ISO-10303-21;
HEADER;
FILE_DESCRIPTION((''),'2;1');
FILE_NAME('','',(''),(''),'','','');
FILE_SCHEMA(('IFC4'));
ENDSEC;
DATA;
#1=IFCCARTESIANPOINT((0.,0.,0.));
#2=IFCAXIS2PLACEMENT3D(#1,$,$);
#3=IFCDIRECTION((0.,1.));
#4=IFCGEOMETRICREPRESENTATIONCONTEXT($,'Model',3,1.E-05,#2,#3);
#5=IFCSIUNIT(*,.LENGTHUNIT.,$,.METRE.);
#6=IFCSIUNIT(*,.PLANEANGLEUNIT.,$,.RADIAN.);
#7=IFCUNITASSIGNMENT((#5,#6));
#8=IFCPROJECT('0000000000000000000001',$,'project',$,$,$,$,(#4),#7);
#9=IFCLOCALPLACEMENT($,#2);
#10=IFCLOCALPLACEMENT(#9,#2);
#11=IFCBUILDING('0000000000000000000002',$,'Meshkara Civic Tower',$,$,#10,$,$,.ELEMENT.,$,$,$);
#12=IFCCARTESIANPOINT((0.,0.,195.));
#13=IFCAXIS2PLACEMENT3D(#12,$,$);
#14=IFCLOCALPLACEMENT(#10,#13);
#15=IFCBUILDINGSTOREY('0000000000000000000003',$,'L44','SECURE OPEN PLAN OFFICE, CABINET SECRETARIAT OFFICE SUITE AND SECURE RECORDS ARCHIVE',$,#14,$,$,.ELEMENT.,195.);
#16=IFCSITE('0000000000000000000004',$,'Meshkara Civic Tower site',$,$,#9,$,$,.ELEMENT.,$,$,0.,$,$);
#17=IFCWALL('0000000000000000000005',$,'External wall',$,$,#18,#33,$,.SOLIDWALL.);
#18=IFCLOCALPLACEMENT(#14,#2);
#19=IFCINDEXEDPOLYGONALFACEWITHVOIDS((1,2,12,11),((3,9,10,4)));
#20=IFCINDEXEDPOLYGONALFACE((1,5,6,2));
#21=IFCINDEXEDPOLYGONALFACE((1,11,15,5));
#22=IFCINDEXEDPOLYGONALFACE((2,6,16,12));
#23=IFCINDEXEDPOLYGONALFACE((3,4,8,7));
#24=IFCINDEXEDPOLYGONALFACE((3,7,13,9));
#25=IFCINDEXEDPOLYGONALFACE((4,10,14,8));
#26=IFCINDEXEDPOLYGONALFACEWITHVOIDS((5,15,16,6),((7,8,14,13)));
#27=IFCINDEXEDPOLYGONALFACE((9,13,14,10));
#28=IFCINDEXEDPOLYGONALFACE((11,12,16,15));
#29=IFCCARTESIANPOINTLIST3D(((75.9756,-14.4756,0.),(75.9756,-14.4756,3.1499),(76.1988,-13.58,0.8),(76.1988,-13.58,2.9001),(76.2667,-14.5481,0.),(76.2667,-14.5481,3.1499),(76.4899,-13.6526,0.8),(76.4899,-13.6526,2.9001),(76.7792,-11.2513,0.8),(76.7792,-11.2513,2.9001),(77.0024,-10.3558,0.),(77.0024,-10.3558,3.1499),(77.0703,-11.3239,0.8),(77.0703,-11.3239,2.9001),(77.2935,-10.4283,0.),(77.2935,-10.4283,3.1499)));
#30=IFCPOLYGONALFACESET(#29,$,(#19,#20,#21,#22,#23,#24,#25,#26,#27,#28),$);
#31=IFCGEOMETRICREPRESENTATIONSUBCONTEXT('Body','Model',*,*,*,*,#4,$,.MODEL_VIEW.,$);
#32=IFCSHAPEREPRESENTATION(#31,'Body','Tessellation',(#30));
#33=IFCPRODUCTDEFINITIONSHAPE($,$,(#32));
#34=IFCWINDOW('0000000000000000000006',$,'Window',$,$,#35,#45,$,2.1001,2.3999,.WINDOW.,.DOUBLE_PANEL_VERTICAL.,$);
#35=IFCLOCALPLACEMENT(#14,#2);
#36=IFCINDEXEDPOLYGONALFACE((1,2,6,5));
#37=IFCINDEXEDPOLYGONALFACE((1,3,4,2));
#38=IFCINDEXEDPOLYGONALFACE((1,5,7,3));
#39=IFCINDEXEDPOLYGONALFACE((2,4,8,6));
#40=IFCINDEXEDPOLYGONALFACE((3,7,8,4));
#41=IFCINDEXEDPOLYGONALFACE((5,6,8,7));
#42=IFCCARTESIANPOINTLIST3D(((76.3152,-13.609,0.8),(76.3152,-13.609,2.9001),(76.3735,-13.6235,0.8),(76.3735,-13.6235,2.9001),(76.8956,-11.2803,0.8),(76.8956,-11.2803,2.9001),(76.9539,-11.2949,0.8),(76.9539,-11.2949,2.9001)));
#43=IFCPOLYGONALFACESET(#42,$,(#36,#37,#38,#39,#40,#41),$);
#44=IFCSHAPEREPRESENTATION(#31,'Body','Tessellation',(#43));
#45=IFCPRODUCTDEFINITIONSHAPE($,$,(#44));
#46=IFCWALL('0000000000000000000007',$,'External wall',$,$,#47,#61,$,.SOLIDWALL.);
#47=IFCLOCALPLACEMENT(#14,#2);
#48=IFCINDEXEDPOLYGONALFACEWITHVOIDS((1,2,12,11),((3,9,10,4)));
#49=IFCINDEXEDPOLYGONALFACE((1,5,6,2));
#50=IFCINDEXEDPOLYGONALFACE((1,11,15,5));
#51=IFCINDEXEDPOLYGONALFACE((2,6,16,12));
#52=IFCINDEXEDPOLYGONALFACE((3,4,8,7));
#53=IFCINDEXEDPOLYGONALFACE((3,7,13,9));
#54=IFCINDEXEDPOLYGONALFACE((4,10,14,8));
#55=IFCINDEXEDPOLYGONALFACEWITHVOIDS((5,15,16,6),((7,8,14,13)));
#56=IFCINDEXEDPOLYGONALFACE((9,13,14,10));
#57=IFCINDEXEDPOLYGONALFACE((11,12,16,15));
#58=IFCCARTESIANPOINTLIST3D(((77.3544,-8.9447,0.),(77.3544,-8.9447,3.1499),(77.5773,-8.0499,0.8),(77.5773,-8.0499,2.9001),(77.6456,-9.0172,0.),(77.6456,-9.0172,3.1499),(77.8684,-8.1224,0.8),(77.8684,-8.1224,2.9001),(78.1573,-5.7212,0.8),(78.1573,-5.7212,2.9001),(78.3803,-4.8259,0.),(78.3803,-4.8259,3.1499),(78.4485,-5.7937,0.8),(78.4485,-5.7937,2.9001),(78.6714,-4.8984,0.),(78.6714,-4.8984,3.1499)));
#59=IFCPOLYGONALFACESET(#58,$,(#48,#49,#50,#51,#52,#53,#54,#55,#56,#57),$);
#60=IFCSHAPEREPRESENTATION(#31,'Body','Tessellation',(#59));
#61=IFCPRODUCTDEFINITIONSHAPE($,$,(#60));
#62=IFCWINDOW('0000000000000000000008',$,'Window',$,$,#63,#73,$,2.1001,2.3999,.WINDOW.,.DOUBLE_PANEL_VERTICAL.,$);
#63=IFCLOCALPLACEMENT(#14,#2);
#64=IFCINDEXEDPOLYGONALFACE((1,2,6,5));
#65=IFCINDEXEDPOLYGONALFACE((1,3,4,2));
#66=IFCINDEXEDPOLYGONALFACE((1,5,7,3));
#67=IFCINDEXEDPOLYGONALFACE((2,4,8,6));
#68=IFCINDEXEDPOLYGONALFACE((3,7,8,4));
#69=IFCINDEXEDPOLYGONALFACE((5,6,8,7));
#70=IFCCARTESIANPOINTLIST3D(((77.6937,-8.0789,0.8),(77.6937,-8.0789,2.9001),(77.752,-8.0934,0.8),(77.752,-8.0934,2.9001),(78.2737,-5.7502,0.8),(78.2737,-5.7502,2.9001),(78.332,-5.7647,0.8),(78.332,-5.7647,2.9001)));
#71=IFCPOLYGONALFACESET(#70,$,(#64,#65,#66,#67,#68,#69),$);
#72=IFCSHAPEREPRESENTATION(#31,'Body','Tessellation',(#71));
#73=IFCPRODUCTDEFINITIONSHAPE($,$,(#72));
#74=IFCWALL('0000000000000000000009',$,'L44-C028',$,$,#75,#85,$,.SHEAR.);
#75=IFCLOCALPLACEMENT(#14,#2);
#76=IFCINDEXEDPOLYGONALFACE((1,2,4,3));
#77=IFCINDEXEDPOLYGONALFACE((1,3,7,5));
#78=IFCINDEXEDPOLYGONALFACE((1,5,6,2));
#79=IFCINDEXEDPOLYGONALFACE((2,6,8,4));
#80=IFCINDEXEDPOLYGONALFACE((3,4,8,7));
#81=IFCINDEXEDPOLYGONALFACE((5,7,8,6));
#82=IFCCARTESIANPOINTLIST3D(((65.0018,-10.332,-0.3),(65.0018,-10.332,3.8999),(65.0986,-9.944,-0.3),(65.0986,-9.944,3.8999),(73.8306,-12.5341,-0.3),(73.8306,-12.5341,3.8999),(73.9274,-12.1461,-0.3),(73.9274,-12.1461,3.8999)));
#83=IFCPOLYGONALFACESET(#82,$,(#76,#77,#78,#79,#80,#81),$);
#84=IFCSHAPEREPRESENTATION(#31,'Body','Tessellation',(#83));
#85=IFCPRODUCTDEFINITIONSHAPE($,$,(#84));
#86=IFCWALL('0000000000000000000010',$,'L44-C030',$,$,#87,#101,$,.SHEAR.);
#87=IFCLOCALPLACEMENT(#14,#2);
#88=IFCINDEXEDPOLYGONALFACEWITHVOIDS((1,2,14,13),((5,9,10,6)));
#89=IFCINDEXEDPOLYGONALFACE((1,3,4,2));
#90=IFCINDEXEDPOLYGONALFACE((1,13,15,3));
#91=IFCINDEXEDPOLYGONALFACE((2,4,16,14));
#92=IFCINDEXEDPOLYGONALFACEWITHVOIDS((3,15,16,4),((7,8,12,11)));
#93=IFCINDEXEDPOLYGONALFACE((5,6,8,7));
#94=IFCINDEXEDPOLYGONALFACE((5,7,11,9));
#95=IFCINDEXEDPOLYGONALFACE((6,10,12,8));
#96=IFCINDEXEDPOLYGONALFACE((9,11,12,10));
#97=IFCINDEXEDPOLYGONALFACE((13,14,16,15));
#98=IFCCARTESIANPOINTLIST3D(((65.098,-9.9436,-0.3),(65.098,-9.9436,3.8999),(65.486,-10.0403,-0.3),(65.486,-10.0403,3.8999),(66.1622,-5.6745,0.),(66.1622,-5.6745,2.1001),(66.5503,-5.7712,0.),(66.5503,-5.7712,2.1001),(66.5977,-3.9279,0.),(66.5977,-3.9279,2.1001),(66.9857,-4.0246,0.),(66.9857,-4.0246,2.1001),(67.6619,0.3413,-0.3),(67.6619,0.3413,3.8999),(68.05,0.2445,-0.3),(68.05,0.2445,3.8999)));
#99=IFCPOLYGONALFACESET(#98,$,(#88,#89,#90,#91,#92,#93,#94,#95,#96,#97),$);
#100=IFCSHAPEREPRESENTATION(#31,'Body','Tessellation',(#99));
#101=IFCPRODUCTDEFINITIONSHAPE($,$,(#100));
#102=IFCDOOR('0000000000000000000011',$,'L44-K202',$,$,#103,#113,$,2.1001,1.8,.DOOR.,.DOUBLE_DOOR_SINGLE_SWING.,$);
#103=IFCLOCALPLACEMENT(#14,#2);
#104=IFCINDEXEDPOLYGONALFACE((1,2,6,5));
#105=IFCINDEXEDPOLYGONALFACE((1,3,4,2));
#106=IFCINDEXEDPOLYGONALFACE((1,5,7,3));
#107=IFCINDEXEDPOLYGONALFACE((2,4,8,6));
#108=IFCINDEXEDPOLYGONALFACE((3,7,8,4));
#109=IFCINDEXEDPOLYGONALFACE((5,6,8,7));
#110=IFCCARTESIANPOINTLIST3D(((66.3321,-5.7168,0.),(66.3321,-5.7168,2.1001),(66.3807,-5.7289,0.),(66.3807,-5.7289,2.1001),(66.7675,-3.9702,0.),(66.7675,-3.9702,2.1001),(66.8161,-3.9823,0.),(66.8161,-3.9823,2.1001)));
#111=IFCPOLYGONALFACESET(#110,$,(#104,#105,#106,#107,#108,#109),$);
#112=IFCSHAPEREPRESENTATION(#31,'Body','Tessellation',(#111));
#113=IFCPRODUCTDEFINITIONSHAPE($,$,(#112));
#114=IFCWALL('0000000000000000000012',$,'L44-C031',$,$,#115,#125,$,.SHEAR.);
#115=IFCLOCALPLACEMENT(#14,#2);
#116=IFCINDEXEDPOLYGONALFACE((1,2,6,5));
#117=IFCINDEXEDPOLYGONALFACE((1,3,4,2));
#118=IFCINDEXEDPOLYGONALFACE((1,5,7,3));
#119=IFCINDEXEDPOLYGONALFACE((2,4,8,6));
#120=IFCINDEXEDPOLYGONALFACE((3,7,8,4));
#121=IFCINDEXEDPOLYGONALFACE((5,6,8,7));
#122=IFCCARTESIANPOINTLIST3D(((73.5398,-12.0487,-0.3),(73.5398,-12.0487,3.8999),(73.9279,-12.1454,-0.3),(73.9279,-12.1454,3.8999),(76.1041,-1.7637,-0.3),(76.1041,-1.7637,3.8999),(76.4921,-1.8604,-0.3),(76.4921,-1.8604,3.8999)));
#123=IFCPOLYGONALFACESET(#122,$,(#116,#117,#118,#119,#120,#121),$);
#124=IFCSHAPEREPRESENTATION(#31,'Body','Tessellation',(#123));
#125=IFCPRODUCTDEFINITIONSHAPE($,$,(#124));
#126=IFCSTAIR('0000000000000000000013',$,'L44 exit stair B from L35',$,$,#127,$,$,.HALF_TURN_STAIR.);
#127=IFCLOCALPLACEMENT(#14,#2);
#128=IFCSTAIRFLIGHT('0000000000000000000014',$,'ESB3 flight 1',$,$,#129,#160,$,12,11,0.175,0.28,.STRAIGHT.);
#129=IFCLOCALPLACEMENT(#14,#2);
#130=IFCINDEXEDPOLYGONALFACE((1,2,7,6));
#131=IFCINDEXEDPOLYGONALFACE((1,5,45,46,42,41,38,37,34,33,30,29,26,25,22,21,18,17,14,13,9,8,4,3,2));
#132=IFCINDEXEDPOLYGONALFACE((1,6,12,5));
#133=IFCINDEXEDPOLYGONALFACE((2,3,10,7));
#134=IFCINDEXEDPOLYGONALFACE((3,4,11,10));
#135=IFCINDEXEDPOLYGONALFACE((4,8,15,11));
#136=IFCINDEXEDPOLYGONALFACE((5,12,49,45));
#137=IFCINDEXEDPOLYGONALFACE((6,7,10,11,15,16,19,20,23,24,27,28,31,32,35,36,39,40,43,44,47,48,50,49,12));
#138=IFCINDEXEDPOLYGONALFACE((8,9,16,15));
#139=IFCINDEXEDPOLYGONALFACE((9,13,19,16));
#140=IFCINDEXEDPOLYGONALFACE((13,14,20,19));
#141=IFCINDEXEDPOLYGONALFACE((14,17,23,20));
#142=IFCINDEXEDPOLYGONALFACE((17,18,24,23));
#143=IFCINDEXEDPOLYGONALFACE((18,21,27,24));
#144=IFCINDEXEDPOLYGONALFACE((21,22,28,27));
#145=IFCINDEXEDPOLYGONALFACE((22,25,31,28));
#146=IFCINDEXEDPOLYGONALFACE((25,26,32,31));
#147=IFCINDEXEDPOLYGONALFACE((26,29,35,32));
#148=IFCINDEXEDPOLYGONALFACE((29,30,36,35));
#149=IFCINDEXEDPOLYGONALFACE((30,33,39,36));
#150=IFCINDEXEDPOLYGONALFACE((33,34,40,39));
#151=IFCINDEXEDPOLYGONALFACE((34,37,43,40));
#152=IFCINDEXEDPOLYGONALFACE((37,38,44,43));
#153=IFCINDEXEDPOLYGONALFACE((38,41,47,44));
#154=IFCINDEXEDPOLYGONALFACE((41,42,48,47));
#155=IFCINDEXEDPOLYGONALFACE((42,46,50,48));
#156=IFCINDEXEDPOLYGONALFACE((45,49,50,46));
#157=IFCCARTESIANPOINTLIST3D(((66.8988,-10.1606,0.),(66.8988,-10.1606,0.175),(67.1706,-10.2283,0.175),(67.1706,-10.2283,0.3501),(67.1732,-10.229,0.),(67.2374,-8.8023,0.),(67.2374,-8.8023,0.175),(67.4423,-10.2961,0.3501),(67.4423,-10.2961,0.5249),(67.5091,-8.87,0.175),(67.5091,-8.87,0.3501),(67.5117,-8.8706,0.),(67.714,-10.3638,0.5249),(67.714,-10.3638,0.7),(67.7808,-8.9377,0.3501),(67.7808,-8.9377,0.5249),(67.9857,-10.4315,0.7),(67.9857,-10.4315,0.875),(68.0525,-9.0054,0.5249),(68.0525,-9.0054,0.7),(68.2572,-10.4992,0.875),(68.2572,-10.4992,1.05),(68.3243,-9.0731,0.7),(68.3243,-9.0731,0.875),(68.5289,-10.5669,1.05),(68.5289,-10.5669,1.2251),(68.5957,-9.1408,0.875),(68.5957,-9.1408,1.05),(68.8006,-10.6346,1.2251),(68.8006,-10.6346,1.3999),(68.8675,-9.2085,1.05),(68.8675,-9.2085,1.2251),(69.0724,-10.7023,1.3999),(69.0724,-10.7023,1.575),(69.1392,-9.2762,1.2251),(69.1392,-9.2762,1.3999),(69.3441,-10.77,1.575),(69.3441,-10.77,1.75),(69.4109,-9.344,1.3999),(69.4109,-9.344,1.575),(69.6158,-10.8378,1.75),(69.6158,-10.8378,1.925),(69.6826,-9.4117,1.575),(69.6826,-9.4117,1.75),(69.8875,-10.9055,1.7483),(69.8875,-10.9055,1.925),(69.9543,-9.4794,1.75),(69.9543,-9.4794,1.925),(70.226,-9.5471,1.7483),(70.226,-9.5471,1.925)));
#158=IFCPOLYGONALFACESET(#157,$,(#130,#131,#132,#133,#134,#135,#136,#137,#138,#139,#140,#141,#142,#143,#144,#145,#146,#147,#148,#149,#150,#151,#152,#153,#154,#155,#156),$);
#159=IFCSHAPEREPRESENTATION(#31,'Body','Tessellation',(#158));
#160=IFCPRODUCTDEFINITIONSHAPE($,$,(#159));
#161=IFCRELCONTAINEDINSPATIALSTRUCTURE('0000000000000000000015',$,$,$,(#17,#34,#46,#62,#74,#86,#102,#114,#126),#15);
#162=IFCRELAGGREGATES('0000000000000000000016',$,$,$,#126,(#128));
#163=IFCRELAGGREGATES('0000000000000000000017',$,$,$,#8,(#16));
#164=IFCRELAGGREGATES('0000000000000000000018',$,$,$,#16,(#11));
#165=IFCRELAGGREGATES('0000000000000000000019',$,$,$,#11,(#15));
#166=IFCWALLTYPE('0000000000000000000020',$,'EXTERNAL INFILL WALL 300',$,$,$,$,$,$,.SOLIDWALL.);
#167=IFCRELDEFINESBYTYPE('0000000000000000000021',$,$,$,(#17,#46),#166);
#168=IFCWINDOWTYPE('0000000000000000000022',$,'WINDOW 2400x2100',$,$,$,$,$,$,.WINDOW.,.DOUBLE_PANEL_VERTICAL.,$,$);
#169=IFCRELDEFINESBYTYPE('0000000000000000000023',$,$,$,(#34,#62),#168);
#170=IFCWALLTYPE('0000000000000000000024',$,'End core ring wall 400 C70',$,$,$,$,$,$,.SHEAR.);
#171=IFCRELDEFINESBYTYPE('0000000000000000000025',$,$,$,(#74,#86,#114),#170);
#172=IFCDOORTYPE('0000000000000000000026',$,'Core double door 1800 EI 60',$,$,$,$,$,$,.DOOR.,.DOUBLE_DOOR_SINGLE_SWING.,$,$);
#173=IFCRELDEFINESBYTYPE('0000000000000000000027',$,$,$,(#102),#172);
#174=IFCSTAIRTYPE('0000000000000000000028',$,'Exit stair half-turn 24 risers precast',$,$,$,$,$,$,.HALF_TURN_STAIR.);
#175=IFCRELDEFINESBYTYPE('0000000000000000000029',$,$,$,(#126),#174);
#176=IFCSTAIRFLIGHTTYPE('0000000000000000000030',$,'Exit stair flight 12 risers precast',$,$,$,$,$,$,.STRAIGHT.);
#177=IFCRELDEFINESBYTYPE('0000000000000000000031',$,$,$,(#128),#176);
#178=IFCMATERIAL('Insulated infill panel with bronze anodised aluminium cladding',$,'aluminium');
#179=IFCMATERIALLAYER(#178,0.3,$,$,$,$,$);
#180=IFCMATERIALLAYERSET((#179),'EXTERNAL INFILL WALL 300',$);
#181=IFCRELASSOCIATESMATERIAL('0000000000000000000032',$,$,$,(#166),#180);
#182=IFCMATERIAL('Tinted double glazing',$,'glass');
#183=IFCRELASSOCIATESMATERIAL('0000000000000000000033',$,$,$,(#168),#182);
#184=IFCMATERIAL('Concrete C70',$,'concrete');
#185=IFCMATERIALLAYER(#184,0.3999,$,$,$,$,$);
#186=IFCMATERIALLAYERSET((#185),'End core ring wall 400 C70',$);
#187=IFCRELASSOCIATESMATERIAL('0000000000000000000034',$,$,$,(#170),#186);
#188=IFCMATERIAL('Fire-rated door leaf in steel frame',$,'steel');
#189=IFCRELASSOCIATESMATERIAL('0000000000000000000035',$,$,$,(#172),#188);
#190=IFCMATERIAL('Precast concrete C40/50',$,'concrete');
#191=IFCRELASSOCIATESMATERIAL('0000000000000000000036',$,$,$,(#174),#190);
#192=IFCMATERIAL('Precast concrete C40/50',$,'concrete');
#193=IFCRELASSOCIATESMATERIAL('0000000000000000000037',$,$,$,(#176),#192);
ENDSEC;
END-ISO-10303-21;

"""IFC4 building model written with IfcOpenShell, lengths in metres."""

from ifc_helpers import new_model, si_unit, direction, frame, frame_2d, origin, place, context, subcontext, project, spatial, polyline, rectangle, outline, extrude, material, layer, layer_set, type_object, element, fill, aggregate, save


model = new_model("IFC4")

# Units and contexts
model_context = context("Model", 3, precision=1e-05, world=origin(), true_north=direction((0.0, 1.0)))
body_context = subcontext(model_context, "Body", "Model", "MODEL_VIEW")
ifc_project = project(units=[si_unit("LENGTHUNIT", "METRE"), si_unit("PLANEANGLEUNIT", "RADIAN")], contexts=[model_context])

# Site, building, storey
site_placement = place(None, origin())
site = spatial("IfcSite", under=ifc_project, at=site_placement, Name="Meshkara Civic Tower site", CompositionType="ELEMENT", RefElevation=0.0)
building_placement = place(site_placement, origin())
building = spatial("IfcBuilding", under=site, at=building_placement, Name="Meshkara Civic Tower", CompositionType="ELEMENT")
storey_placement = place(building_placement, frame((0.0, 0.0, 195.0)))
storey = spatial("IfcBuildingStorey", under=building, at=storey_placement, Name="L44", Description="SECURE OPEN PLAN OFFICE, CABINET SECRETARIAT OFFICE SUITE AND SECURE RECORDS ARCHIVE", CompositionType="ELEMENT", Elevation=195.0)

# Walls, openings, windows
ifc_material_1 = material(Name="Insulated infill panel with bronze anodised aluminium cladding", Category="aluminium")
ifc_layer_1 = layer(ifc_material_1, 0.3)
ifc_layer_set_1 = layer_set([ifc_layer_1], Name="EXTERNAL INFILL WALL 300")
wall_type_1 = type_object("IfcWallType", Name="EXTERNAL INFILL WALL 300", PredefinedType="SOLIDWALL", material=ifc_layer_set_1)
ifc_material_2 = material(Name="Tinted double glazing", Category="glass")
window_type_1 = type_object("IfcWindowType", Name="WINDOW 2400x2100", PartitioningType="DOUBLE_PANEL_VERTICAL", PredefinedType="WINDOW", material=ifc_material_2)
wall_1_placement = place(storey_placement, frame((76.1211, -14.512, 0.0), z_axis=(0.0, 0.0, 1.0), x_axis=(0.241846, 0.970315, 0.0)))
wall_1 = element("IfcWall", 1, at=wall_1_placement, inside=storey, type_object=wall_type_1, Name="External wall", PredefinedType="SOLIDWALL", context=body_context, shape_type="SweptSolid", body=[
    extrude(rectangle(XDim=4.2458, YDim=0.3, at=frame_2d((2.123, 0.0))), origin(), (0.0, 0.0, 1.0), 3.1499),
])
opening_1_placement = place(wall_1_placement, frame((0.9231, 0.0, 0.8)))
opening_1 = element("IfcOpeningElement", 2, at=opening_1_placement, cuts=wall_1, PredefinedType="OPENING", context=body_context, shape_type="SweptSolid", body=[
    extrude(rectangle(XDim=2.3999, YDim=2.1001, at=frame_2d((1.2, 1.05))), frame((0.0, 0.1599, 0.0), z_axis=(0.0, -1.0, 0.0), x_axis=(1.0, 0.0, 0.0)), (0.0, 0.0, 1.0), 0.3201),
])
window_1_placement = place(opening_1_placement, origin())
window_1 = element("IfcWindow", 3, at=window_1_placement, inside=storey, type_object=window_type_1, Name="Window", OverallHeight=2.1001, OverallWidth=2.3999, PartitioningType="DOUBLE_PANEL_VERTICAL", PredefinedType="WINDOW", context=body_context, shape_type="SweptSolid", body=[
    extrude(rectangle(XDim=2.3999, YDim=2.1001, at=frame_2d((1.2, 1.05))), frame((0.0, 0.03, 0.0), z_axis=(0.0, -1.0, 0.0), x_axis=(1.0, 0.0, 0.0)), (0.0, 0.0, 1.0), 0.0601),
])
fill(opening_1, window_1)
wall_2_placement = place(storey_placement, frame((77.5, -8.981, 0.0), z_axis=(0.0, 0.0, 1.0), x_axis=(0.241683, 0.970355, 0.0)))
wall_2 = element("IfcWall", 4, at=wall_2_placement, inside=storey, type_object=wall_type_1, Name="External wall", PredefinedType="SOLIDWALL", context=body_context, shape_type="SweptSolid", body=[
    extrude(rectangle(XDim=4.2446, YDim=0.3, at=frame_2d((2.1223, 0.0))), origin(), (0.0, 0.0, 1.0), 3.1499),
])
opening_2_placement = place(wall_2_placement, frame((0.9221, 0.0, 0.8)))
opening_2 = element("IfcOpeningElement", 5, at=opening_2_placement, cuts=wall_2, PredefinedType="OPENING", context=body_context, shape_type="SweptSolid", body=[
    extrude(rectangle(XDim=2.3999, YDim=2.1001, at=frame_2d((1.2, 1.05))), frame((0.0, 0.1599, 0.0), z_axis=(0.0, -1.0, 0.0), x_axis=(1.0, 0.0, 0.0)), (0.0, 0.0, 1.0), 0.3201),
])
window_2_placement = place(opening_2_placement, origin())
window_2 = element("IfcWindow", 6, at=window_2_placement, inside=storey, type_object=window_type_1, Name="Window", OverallHeight=2.1001, OverallWidth=2.3999, PartitioningType="DOUBLE_PANEL_VERTICAL", PredefinedType="WINDOW", context=body_context, shape_type="SweptSolid", body=[
    extrude(rectangle(XDim=2.3999, YDim=2.1001, at=frame_2d((1.2, 1.05))), frame((0.0, 0.03, 0.0), z_axis=(0.0, -1.0, 0.0), x_axis=(1.0, 0.0, 0.0)), (0.0, 0.0, 1.0), 0.0601),
])
fill(opening_2, window_2)

# Wall
ifc_material_3 = material(Name="Concrete C70", Category="concrete")
ifc_layer_2 = layer(ifc_material_3, 0.3999)
ifc_layer_set_2 = layer_set([ifc_layer_2], Name="End core ring wall 400 C70")
wall_type_2 = type_object("IfcWallType", Name="End core ring wall 400 C70", PredefinedType="SHEAR", material=ifc_layer_set_2)
wall_3_placement = place(storey_placement, frame((65.05, -10.1379, -0.3), z_axis=(0.0, 0.0, 1.0), x_axis=(0.970273, -0.242012, 0.0)))
element("IfcWall", 7, at=wall_3_placement, inside=storey, type_object=wall_type_2, Name="L44-C028", PredefinedType="SHEAR", context=body_context, shape_type="SweptSolid", body=[
    extrude(rectangle(XDim=9.0994, YDim=0.3999, at=frame_2d((4.5498, 0.0))), origin(), (0.0, 0.0, 1.0), 4.2),
])

# Wall, opening, door
wall_4_placement = place(storey_placement, frame((65.292, -9.9919, -0.3), z_axis=(0.0, 0.0, 1.0), x_axis=(0.241891, 0.970304, 0.0)))
wall_4 = element("IfcWall", 8, at=wall_4_placement, inside=storey, type_object=wall_type_2, Name="L44-C030", PredefinedType="SHEAR", context=body_context, shape_type="SweptSolid", body=[
    extrude(rectangle(XDim=10.5996, YDim=0.3999, at=frame_2d((5.2998, 0.0))), origin(), (0.0, 0.0, 1.0), 4.2),
])
opening_3_placement = place(wall_4_placement, frame((4.3999, 0.0, 0.3)))
opening_3 = element("IfcOpeningElement", 9, at=opening_3_placement, cuts=wall_4, PredefinedType="OPENING", context=body_context, shape_type="SweptSolid", body=[
    extrude(rectangle(XDim=1.8, YDim=2.1001, at=frame_2d((0.8999, 1.05))), frame((0.0, 0.21, 0.0), z_axis=(0.0, -1.0, 0.0), x_axis=(1.0, 0.0, 0.0)), (0.0, 0.0, 1.0), 0.4199),
])
ifc_material_4 = material(Name="Fire-rated door leaf in steel frame", Category="steel")
door_type = type_object("IfcDoorType", Name="Core double door 1800 EI 60", OperationType="DOUBLE_DOOR_SINGLE_SWING", PredefinedType="DOOR", material=ifc_material_4)
door_placement = place(opening_3_placement, origin())
door = element("IfcDoor", 10, at=door_placement, inside=storey, type_object=door_type, Name="L44-K202", OperationType="DOUBLE_DOOR_SINGLE_SWING", OverallHeight=2.1001, OverallWidth=1.8, PredefinedType="DOOR", context=body_context, shape_type="SweptSolid", body=[
    extrude(rectangle(XDim=1.8, YDim=2.1001, at=frame_2d((0.8999, 1.05))), frame((0.0, 0.0249, 0.0), z_axis=(0.0, -1.0, 0.0), x_axis=(1.0, 0.0, 0.0)), (0.0, 0.0, 1.0), 0.05),
])
fill(opening_3, door)

# Wall
wall_5_placement = place(storey_placement, frame((73.7339, -12.0969, -0.3), z_axis=(0.0, 0.0, 1.0), x_axis=(0.241912, 0.970298, 0.0)))
element("IfcWall", 11, at=wall_5_placement, inside=storey, type_object=wall_type_2, Name="L44-C031", PredefinedType="SHEAR", context=body_context, shape_type="SweptSolid", body=[
    extrude(rectangle(XDim=10.5999, YDim=0.3999, at=frame_2d((5.2998, 0.0))), origin(), (0.0, 0.0, 1.0), 4.2),
])

# Stair, stair flight
ifc_material_5 = material(Name="Precast concrete C40/50", Category="concrete")
stair_type = type_object("IfcStairType", Name="Exit stair half-turn 24 risers precast", PredefinedType="HALF_TURN_STAIR", material=ifc_material_5)
stair_placement = place(storey_placement, origin())
stair = element("IfcStair", 12, at=stair_placement, inside=storey, type_object=stair_type, Name="L44 exit stair B from L35", PredefinedType="HALF_TURN_STAIR")
ifc_material_6 = material(Name="Precast concrete C40/50", Category="concrete")
stair_flight_type = type_object("IfcStairFlightType", Name="Exit stair flight 12 risers precast", PredefinedType="STRAIGHT", material=ifc_material_6)
stair_flight_1_placement = place(storey_placement, frame((67.0681, -9.4814, 0.0), z_axis=(0.0, 0.0, 1.0), x_axis=(0.970319, -0.24183, 0.0)))
stair_flight_1 = element("IfcStairFlight", 13, at=stair_flight_1_placement, type_object=stair_flight_type, Name="ESB3 flight 1", NumberOfRisers=12, NumberOfTreads=11, PredefinedType="STRAIGHT", RiserHeight=0.175, TreadLength=0.28, context=body_context, shape_type="SweptSolid", body=[
    extrude(outline(polyline([(0.0, 0.0), (0.0, 0.175), (0.28, 0.175), (0.28, 0.3501), (0.5601, 0.3501), (0.5601, 0.5249), (0.8401, 0.5249), (0.8401, 0.7), (1.1201, 0.7), (1.1201, 0.875), (1.3999, 0.875), (1.3999, 1.05), (1.6799, 1.05), (1.6799, 1.2251), (1.96, 1.2251), (1.96, 1.3999), (2.24, 1.3999), (2.24, 1.575), (2.52, 1.575), (2.52, 1.75), (2.8, 1.75), (2.8, 1.925), (3.0801, 1.925), (3.0801, 2.1001), (3.0801, 1.7483), (0.2827, 0.0), (0.0, 0.0)])), frame((0.0, 0.7, 0.0), z_axis=(0.0, -1.0, 0.0), x_axis=(1.0, 0.0, 0.0)), (0.0, 0.0, 1.0), 1.3999),
])
aggregate(stair, [stair_flight_1])

save(model, "model.ifc")
